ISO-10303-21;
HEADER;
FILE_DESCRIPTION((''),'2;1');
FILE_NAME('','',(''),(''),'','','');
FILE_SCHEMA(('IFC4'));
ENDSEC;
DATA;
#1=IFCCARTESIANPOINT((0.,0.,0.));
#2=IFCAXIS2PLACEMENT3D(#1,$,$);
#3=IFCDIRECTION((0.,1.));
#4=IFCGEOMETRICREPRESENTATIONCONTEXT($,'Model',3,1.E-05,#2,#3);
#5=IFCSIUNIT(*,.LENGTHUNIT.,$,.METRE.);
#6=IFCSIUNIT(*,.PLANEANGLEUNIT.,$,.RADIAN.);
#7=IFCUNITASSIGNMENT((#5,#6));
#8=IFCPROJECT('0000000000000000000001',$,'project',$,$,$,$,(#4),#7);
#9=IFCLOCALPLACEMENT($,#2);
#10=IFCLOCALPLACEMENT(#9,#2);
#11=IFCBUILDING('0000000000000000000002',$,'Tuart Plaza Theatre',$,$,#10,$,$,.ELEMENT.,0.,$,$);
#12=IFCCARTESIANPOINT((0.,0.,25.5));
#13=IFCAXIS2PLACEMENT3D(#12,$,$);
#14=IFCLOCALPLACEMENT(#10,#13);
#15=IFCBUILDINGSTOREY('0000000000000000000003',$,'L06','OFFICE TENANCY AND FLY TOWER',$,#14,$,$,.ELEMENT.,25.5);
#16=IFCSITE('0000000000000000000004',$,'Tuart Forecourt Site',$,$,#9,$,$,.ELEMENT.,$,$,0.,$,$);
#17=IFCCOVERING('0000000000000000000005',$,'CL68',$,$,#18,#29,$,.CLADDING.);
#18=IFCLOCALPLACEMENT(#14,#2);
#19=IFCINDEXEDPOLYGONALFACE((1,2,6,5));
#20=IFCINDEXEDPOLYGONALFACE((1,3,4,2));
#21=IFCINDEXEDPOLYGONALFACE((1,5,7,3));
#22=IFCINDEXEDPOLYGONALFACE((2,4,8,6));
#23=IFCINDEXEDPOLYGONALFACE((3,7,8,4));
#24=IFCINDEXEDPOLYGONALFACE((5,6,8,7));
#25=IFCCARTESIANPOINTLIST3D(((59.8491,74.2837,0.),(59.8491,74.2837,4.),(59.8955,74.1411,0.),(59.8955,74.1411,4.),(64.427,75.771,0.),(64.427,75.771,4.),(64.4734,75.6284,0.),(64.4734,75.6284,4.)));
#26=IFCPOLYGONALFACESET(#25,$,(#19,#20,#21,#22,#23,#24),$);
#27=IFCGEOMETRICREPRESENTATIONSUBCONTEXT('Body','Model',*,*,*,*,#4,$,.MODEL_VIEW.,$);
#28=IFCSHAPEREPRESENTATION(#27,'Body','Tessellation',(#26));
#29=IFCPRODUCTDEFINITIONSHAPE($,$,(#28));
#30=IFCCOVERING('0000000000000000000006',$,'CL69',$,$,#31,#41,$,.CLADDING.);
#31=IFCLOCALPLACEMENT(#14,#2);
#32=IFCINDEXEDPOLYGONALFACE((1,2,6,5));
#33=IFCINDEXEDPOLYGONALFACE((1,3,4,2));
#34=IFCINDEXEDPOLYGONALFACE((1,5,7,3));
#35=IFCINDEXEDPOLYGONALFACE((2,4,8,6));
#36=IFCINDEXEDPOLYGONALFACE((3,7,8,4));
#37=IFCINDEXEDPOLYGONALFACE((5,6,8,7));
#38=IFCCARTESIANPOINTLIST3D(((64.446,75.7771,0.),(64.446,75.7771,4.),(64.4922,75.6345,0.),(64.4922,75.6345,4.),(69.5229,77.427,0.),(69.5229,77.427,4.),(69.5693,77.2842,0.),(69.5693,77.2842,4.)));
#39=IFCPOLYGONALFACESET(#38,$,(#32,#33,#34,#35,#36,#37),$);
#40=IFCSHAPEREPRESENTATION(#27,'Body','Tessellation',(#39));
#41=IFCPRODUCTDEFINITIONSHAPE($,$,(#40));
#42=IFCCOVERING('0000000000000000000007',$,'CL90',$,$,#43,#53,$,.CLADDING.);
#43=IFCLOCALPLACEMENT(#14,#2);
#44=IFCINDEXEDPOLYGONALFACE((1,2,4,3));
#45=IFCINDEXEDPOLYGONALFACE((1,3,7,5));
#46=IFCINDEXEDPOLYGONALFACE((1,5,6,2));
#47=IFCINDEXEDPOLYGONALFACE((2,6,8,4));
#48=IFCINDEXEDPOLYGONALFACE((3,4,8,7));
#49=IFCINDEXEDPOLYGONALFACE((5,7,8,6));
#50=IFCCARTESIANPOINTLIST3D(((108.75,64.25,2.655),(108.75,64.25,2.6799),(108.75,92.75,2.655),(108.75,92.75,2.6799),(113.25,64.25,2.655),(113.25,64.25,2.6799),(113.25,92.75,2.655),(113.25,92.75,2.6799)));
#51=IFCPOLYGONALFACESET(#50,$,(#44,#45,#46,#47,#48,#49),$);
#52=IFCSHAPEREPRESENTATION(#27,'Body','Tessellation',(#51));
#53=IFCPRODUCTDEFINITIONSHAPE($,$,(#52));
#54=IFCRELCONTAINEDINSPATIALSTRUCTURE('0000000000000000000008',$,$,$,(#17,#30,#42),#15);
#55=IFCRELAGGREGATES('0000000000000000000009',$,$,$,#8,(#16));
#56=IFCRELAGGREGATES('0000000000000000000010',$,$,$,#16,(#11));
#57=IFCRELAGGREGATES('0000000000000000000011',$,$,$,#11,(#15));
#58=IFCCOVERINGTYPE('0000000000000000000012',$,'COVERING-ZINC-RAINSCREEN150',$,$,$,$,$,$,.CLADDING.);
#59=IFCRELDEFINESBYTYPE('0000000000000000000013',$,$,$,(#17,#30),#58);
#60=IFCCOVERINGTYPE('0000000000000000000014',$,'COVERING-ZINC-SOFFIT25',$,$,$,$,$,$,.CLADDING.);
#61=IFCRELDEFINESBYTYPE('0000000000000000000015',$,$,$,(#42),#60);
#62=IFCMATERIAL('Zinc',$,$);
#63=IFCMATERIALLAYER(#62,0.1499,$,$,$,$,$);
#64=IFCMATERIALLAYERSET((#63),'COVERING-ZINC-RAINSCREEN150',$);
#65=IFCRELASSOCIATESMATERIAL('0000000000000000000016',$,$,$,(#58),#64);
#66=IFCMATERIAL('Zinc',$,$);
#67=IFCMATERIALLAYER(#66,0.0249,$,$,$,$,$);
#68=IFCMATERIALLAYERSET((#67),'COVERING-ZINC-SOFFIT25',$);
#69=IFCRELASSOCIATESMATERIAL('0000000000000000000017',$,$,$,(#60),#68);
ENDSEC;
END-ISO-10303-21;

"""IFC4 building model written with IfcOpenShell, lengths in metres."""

from ifc_helpers import new_model, si_unit, direction, frame, origin, place, context, subcontext, project, spatial, polyline, outline, extrude, material, layer, layer_set, type_object, element, save


model = new_model("IFC4")

# Units and contexts
model_context = context("Model", 3, precision=1e-05, world=origin(), true_north=direction((0.0, 1.0)))
body_context = subcontext(model_context, "Body", "Model", "MODEL_VIEW")
ifc_project = project(units=[si_unit("LENGTHUNIT", "METRE"), si_unit("PLANEANGLEUNIT", "RADIAN")], contexts=[model_context])

# Site, building, storey
site_placement = place(None, origin())
site = spatial("IfcSite", under=ifc_project, at=site_placement, Name="Tuart Forecourt Site", CompositionType="ELEMENT", RefElevation=0.0)
building_placement = place(site_placement, origin())
building = spatial("IfcBuilding", under=site, at=building_placement, Name="Tuart Plaza Theatre", CompositionType="ELEMENT", ElevationOfRefHeight=0.0)
storey_placement = place(building_placement, frame((0.0, 0.0, 25.5)))
storey = spatial("IfcBuildingStorey", under=building, at=storey_placement, Name="L06", Description="OFFICE TENANCY AND FLY TOWER", CompositionType="ELEMENT", Elevation=25.5)

# Coverings
ifc_material_1 = material(Name="Zinc")
ifc_layer_1 = layer(ifc_material_1, 0.1499)
ifc_layer_set_1 = layer_set([ifc_layer_1], Name="COVERING-ZINC-RAINSCREEN150")
covering_type_1 = type_object("IfcCoveringType", Name="COVERING-ZINC-RAINSCREEN150", PredefinedType="CLADDING", material=ifc_layer_set_1)
covering_1_placement = place(storey_placement, origin())
element("IfcCovering", 1, at=covering_1_placement, inside=storey, type_object=covering_type_1, Name="CL68", PredefinedType="CLADDING", context=body_context, shape_type="SweptSolid", body=[
    extrude(outline(polyline([(59.8491, 74.2837), (64.427, 75.771), (64.4734, 75.6284), (59.8955, 74.1411), (59.8491, 74.2837)])), origin(), (0.0, 0.0, 1.0), 4.0),
])
covering_2_placement = place(storey_placement, origin())
element("IfcCovering", 2, at=covering_2_placement, inside=storey, type_object=covering_type_1, Name="CL69", PredefinedType="CLADDING", context=body_context, shape_type="SweptSolid", body=[
    extrude(outline(polyline([(64.446, 75.7771), (69.5229, 77.427), (69.5693, 77.2842), (64.4922, 75.6345), (64.446, 75.7771)])), origin(), (0.0, 0.0, 1.0), 4.0),
])
ifc_material_2 = material(Name="Zinc")
ifc_layer_2 = layer(ifc_material_2, 0.0249)
ifc_layer_set_2 = layer_set([ifc_layer_2], Name="COVERING-ZINC-SOFFIT25")
covering_type_2 = type_object("IfcCoveringType", Name="COVERING-ZINC-SOFFIT25", PredefinedType="CLADDING", material=ifc_layer_set_2)
covering_3_placement = place(storey_placement, frame((0.0, 0.0, 2.655)))
element("IfcCovering", 3, at=covering_3_placement, inside=storey, type_object=covering_type_2, Name="CL90", PredefinedType="CLADDING", context=body_context, shape_type="SweptSolid", body=[
    extrude(outline(polyline([(108.75, 92.75), (113.25, 92.75), (113.25, 64.25), (108.75, 64.25), (108.75, 92.75)])), origin(), (0.0, 0.0, 1.0), 0.0249),
])

save(model, "model.ifc")
